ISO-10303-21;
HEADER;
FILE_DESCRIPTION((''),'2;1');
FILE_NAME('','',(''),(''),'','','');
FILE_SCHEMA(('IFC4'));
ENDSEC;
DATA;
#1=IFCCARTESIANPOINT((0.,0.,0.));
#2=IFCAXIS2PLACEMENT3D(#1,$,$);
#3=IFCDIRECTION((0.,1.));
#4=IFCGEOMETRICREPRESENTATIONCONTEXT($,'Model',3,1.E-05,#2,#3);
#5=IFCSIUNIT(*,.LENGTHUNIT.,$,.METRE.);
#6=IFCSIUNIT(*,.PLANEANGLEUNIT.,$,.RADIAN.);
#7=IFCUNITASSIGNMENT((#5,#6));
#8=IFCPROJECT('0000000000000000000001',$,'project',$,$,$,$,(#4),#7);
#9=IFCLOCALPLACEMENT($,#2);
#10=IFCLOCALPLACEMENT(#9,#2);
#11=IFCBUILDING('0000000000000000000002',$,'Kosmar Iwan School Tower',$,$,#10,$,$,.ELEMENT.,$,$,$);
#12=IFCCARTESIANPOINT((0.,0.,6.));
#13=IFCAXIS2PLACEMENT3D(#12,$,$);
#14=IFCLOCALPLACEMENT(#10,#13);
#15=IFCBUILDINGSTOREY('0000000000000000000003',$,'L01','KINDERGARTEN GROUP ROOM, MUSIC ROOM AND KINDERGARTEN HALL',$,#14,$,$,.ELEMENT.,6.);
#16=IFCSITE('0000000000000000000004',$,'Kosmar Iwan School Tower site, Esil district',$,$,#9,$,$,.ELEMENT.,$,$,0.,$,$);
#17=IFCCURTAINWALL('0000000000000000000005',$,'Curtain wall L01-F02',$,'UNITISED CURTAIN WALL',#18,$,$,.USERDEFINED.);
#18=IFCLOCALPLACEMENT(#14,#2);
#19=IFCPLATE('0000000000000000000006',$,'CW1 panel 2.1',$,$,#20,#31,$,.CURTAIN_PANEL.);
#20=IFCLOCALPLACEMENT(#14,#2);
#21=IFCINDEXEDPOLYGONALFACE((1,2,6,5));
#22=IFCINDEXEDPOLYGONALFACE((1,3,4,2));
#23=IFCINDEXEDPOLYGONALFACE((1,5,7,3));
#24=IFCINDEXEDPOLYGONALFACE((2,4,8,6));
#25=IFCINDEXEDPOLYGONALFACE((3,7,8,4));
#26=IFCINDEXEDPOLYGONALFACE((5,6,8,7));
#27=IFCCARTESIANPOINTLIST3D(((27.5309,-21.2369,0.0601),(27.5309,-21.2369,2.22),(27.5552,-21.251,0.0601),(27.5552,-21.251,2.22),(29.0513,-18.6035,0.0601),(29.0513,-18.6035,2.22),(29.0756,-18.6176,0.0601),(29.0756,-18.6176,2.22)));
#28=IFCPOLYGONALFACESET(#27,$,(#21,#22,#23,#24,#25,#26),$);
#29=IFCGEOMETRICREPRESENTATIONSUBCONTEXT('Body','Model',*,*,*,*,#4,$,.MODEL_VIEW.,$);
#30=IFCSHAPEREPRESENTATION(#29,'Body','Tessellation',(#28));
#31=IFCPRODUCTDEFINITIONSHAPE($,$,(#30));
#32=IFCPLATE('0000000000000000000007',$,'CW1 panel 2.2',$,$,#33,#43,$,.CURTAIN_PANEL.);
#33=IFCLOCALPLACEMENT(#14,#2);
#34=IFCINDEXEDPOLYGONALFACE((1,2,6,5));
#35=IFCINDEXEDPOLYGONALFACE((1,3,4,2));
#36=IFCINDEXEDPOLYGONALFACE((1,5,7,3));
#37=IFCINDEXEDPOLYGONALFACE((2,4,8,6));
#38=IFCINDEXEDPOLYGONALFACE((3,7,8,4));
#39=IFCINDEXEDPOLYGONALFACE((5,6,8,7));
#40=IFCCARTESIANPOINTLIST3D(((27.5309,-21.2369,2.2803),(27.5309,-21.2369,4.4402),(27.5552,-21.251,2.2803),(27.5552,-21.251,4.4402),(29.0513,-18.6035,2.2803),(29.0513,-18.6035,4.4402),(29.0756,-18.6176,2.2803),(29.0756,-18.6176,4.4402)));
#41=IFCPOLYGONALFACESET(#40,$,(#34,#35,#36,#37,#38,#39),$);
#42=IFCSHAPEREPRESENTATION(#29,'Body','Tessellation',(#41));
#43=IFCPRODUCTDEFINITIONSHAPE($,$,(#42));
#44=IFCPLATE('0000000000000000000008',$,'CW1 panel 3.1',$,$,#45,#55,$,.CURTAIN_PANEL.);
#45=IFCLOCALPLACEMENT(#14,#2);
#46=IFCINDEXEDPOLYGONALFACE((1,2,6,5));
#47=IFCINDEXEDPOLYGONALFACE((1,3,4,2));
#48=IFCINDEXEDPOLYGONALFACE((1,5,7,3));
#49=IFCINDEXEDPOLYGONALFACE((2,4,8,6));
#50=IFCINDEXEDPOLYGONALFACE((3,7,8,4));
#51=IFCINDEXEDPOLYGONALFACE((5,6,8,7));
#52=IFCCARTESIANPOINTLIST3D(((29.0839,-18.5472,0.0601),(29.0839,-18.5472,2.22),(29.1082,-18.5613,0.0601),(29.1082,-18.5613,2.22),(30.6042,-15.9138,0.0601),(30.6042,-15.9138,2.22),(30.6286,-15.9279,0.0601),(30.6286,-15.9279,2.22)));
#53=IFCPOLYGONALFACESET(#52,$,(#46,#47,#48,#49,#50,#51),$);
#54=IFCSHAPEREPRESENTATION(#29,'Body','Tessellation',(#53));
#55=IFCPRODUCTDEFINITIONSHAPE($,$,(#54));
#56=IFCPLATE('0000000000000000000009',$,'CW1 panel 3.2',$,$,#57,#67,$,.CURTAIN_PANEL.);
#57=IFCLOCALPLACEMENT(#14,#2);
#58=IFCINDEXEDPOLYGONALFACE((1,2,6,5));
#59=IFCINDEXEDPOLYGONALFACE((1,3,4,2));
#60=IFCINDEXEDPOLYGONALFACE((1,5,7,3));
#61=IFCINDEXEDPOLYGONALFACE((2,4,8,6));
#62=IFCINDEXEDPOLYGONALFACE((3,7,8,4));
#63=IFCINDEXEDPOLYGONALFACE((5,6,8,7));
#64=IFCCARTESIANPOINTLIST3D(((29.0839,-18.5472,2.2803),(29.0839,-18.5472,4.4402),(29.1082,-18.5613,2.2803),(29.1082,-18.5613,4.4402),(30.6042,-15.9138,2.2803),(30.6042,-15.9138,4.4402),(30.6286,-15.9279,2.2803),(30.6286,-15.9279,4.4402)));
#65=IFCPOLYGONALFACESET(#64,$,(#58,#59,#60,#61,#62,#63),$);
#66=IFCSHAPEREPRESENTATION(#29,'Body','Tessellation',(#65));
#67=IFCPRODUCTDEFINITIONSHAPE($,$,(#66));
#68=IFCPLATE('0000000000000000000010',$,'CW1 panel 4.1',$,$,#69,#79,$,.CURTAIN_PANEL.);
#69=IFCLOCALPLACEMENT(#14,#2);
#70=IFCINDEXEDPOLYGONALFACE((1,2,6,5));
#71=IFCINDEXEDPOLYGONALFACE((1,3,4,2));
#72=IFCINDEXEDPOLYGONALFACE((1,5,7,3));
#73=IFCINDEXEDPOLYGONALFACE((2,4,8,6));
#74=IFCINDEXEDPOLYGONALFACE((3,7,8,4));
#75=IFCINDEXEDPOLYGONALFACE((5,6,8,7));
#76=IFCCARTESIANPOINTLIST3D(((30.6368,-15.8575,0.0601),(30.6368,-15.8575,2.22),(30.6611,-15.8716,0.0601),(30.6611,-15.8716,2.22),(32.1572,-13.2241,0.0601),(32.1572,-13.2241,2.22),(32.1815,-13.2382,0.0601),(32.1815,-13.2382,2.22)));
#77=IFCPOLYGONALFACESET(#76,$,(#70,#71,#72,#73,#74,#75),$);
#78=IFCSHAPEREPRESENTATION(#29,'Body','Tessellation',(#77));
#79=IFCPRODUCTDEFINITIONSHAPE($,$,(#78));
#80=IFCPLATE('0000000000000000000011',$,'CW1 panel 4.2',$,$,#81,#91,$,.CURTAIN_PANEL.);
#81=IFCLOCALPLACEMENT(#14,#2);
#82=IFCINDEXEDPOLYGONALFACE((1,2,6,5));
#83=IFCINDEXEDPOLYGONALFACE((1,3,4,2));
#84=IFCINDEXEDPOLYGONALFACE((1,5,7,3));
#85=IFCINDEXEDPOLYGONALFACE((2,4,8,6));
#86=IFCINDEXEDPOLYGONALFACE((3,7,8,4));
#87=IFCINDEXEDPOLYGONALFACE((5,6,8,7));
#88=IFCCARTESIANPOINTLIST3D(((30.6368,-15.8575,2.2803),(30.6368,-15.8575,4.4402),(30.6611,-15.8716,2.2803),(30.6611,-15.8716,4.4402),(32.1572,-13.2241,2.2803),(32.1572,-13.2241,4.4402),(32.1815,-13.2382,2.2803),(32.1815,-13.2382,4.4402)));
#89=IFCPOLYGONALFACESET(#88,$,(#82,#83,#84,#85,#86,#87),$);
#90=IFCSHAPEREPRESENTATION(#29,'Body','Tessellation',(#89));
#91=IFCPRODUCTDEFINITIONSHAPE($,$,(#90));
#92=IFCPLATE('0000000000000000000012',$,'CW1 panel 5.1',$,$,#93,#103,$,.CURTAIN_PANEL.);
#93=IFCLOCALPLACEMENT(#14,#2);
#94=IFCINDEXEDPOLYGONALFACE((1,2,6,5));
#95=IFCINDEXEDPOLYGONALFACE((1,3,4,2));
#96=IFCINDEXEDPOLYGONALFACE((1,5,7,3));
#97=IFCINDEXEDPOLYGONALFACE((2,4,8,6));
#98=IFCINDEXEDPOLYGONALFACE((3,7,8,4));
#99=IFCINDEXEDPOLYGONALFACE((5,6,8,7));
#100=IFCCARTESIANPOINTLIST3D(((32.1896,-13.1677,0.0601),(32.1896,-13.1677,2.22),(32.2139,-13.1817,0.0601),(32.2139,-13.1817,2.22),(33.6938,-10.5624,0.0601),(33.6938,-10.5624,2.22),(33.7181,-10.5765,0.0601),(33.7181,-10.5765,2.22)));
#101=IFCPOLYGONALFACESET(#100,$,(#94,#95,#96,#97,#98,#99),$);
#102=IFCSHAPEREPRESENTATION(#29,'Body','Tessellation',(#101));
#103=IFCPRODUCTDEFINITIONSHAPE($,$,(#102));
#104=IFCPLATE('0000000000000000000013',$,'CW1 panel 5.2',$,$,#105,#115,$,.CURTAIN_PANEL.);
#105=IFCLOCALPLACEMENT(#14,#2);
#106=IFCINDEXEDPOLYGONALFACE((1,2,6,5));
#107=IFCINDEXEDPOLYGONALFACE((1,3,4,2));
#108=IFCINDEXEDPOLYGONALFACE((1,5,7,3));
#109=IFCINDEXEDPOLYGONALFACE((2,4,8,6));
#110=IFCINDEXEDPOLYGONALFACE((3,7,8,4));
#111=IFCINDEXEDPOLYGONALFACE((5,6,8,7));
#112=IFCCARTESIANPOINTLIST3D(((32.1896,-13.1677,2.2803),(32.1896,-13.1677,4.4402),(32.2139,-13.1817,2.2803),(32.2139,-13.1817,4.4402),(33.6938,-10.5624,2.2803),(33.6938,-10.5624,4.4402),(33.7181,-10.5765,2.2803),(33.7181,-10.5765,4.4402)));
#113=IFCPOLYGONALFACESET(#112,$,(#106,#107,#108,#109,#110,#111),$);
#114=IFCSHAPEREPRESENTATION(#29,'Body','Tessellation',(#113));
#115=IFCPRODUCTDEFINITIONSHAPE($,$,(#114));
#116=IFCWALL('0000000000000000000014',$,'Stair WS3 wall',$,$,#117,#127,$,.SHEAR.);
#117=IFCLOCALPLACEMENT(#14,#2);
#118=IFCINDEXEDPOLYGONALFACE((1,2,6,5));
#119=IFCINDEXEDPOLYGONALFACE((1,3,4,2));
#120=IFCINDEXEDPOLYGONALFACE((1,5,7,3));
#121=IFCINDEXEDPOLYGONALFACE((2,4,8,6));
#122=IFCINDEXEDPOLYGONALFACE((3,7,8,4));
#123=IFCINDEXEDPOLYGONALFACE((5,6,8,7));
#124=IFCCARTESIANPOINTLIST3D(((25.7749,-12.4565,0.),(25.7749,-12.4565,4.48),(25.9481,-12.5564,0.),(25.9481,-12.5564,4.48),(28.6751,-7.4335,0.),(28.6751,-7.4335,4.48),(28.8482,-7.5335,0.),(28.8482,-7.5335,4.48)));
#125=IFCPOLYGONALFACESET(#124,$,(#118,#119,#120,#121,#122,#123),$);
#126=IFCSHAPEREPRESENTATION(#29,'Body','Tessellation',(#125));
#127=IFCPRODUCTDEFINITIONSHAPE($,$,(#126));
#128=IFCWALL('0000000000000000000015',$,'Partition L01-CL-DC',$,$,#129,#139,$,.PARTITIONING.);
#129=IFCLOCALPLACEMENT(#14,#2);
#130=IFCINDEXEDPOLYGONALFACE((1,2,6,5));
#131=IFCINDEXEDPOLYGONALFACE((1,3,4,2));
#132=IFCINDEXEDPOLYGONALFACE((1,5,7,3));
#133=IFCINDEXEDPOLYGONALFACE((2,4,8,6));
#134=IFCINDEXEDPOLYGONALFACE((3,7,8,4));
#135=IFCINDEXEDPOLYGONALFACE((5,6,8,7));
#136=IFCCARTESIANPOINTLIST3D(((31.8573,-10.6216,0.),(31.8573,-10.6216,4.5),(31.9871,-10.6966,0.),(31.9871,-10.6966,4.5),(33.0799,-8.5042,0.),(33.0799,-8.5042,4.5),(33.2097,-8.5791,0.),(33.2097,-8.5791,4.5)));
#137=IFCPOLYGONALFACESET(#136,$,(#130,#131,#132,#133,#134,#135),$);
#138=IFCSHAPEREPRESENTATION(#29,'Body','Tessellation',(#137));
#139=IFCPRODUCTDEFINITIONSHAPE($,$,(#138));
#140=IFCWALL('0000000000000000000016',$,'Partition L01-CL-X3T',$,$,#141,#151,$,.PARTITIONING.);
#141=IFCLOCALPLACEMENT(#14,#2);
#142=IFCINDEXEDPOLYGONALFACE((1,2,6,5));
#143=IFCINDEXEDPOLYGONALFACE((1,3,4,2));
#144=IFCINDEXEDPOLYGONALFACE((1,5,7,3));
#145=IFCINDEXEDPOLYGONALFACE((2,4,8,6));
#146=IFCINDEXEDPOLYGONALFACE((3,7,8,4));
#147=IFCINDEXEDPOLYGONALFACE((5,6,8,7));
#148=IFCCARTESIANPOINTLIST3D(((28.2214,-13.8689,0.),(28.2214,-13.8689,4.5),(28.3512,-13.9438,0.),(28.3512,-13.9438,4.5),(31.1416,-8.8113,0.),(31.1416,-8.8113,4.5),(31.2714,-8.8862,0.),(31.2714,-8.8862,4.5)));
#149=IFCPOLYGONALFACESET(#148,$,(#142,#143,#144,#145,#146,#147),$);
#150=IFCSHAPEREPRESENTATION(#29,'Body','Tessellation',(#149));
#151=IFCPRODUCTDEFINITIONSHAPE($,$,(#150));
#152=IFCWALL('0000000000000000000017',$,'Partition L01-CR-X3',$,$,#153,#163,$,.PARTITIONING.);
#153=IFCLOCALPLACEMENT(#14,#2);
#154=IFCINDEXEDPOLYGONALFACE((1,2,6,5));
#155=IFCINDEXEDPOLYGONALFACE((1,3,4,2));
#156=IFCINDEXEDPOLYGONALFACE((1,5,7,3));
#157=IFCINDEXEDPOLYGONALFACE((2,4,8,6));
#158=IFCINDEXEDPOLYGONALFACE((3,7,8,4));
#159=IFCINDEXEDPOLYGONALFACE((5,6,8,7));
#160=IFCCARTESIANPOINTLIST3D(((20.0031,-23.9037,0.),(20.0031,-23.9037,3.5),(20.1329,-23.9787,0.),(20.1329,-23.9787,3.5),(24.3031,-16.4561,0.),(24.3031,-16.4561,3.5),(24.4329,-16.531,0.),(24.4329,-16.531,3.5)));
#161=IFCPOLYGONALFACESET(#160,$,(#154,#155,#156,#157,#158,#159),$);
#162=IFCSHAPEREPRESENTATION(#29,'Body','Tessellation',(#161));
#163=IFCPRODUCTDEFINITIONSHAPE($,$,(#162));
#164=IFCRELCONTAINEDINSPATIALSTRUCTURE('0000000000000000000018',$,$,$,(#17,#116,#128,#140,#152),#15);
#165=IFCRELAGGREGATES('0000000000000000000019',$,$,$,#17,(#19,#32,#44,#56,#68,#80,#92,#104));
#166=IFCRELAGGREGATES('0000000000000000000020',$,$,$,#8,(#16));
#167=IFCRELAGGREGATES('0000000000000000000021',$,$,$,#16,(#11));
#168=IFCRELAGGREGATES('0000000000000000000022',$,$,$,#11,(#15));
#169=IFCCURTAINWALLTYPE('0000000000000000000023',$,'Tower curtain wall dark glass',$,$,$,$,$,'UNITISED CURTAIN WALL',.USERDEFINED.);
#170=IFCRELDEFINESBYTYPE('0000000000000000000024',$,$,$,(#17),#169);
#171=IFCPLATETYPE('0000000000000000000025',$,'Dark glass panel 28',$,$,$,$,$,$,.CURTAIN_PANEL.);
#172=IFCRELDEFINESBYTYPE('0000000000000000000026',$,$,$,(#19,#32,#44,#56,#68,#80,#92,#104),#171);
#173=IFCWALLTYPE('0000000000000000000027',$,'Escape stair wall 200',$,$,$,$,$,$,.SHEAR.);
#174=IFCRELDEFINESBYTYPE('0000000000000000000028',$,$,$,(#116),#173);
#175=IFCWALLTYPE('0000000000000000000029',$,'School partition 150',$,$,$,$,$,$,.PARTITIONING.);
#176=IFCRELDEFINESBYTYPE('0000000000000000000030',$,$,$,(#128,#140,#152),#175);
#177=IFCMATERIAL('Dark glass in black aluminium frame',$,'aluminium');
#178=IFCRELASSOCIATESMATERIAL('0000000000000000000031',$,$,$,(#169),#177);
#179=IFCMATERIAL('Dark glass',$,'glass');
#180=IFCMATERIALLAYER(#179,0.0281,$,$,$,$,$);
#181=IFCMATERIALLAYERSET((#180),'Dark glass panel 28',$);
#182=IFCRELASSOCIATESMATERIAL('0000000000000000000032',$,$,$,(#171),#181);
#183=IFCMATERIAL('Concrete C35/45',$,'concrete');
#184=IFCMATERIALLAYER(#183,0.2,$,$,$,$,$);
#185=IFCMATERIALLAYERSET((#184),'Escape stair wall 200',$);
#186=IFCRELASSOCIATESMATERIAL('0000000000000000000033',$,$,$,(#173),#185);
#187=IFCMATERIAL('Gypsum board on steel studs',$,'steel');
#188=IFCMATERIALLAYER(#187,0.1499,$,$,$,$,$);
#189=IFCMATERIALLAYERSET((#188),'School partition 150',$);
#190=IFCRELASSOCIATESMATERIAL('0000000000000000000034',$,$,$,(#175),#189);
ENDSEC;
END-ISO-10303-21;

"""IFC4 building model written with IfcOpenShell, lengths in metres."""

from ifc_helpers import new_model, si_unit, direction, frame, frame_2d, origin, origin_2d, place, context, subcontext, project, spatial, rectangle, extrude, material, layer, layer_set, type_object, element, aggregate, save


model = new_model("IFC4")

# Units and contexts
model_context = context("Model", 3, precision=1e-05, world=origin(), true_north=direction((0.0, 1.0)))
body_context = subcontext(model_context, "Body", "Model", "MODEL_VIEW")
ifc_project = project(units=[si_unit("LENGTHUNIT", "METRE"), si_unit("PLANEANGLEUNIT", "RADIAN")], contexts=[model_context])

# Site, building, storey
site_placement = place(None, origin())
site = spatial("IfcSite", under=ifc_project, at=site_placement, Name="Kosmar Iwan School Tower site, Esil district", CompositionType="ELEMENT", RefElevation=0.0)
building_placement = place(site_placement, origin())
building = spatial("IfcBuilding", under=site, at=building_placement, Name="Kosmar Iwan School Tower", CompositionType="ELEMENT")
storey_placement = place(building_placement, frame((0.0, 0.0, 6.0)))
storey = spatial("IfcBuildingStorey", under=building, at=storey_placement, Name="L01", Description="KINDERGARTEN GROUP ROOM, MUSIC ROOM AND KINDERGARTEN HALL", CompositionType="ELEMENT", Elevation=6.0)

# Curtain wall, plates
ifc_material_1 = material(Name="Dark glass in black aluminium frame", Category="aluminium")
curtain_wall_type = type_object("IfcCurtainWallType", Name="Tower curtain wall dark glass", ElementType="UNITISED CURTAIN WALL", PredefinedType="USERDEFINED", material=ifc_material_1)
curtain_wall_placement = place(storey_placement, origin())
curtain_wall = element("IfcCurtainWall", 1, at=curtain_wall_placement, inside=storey, type_object=curtain_wall_type, Name="Curtain wall L01-F02", ObjectType="UNITISED CURTAIN WALL", PredefinedType="USERDEFINED")
ifc_material_2 = material(Name="Dark glass", Category="glass")
ifc_layer_1 = layer(ifc_material_2, 0.0281)
ifc_layer_set_1 = layer_set([ifc_layer_1], Name="Dark glass panel 28")
plate_type = type_object("IfcPlateType", Name="Dark glass panel 28", PredefinedType="CURTAIN_PANEL", material=ifc_layer_set_1)
plate_1_placement = place(storey_placement, frame((28.3032, -19.9272, 0.0601), z_axis=(0.0, 0.0, 1.0), x_axis=(0.5, 0.866025, 0.0)))
plate_1 = element("IfcPlate", 2, at=plate_1_placement, type_object=plate_type, Name="CW1 panel 2.1", PredefinedType="CURTAIN_PANEL", context=body_context, shape_type="SweptSolid", body=[
    extrude(rectangle(XDim=3.0408, YDim=0.0281, at=origin_2d()), origin(), (0.0, 0.0, 1.0), 2.1599),
])
plate_2_placement = place(storey_placement, frame((28.3032, -19.9272, 2.2803), z_axis=(0.0, 0.0, 1.0), x_axis=(0.5, 0.866025, 0.0)))
plate_2 = element("IfcPlate", 3, at=plate_2_placement, type_object=plate_type, Name="CW1 panel 2.2", PredefinedType="CURTAIN_PANEL", context=body_context, shape_type="SweptSolid", body=[
    extrude(rectangle(XDim=3.0408, YDim=0.0281, at=origin_2d()), origin(), (0.0, 0.0, 1.0), 2.1599),
])
plate_3_placement = place(storey_placement, frame((29.8562, -17.2375, 0.0601), z_axis=(0.0, 0.0, 1.0), x_axis=(0.5, 0.866025, 0.0)))
plate_3 = element("IfcPlate", 4, at=plate_3_placement, type_object=plate_type, Name="CW1 panel 3.1", PredefinedType="CURTAIN_PANEL", context=body_context, shape_type="SweptSolid", body=[
    extrude(rectangle(XDim=3.0408, YDim=0.0281, at=origin_2d()), origin(), (0.0, 0.0, 1.0), 2.1599),
])
plate_4_placement = place(storey_placement, frame((29.8562, -17.2375, 2.2803), z_axis=(0.0, 0.0, 1.0), x_axis=(0.5, 0.866025, 0.0)))
plate_4 = element("IfcPlate", 5, at=plate_4_placement, type_object=plate_type, Name="CW1 panel 3.2", PredefinedType="CURTAIN_PANEL", context=body_context, shape_type="SweptSolid", body=[
    extrude(rectangle(XDim=3.0408, YDim=0.0281, at=origin_2d()), origin(), (0.0, 0.0, 1.0), 2.1599),
])
plate_5_placement = place(storey_placement, frame((31.4092, -14.5479, 0.0601), z_axis=(0.0, 0.0, 1.0), x_axis=(0.5, 0.866025, 0.0)))
plate_5 = element("IfcPlate", 6, at=plate_5_placement, type_object=plate_type, Name="CW1 panel 4.1", PredefinedType="CURTAIN_PANEL", context=body_context, shape_type="SweptSolid", body=[
    extrude(rectangle(XDim=3.0408, YDim=0.0281, at=origin_2d()), origin(), (0.0, 0.0, 1.0), 2.1599),
])
plate_6_placement = place(storey_placement, frame((31.4092, -14.5479, 2.2803), z_axis=(0.0, 0.0, 1.0), x_axis=(0.5, 0.866025, 0.0)))
plate_6 = element("IfcPlate", 7, at=plate_6_placement, type_object=plate_type, Name="CW1 panel 4.2", PredefinedType="CURTAIN_PANEL", context=body_context, shape_type="SweptSolid", body=[
    extrude(rectangle(XDim=3.0408, YDim=0.0281, at=origin_2d()), origin(), (0.0, 0.0, 1.0), 2.1599),
])
plate_7_placement = place(storey_placement, frame((32.9539, -11.8721, 0.0601), z_axis=(0.0, 0.0, 1.0), x_axis=(0.5, 0.866025, 0.0)))
plate_7 = element("IfcPlate", 8, at=plate_7_placement, type_object=plate_type, Name="CW1 panel 5.1", PredefinedType="CURTAIN_PANEL", context=body_context, shape_type="SweptSolid", body=[
    extrude(rectangle(XDim=3.0083, YDim=0.0281, at=origin_2d()), origin(), (0.0, 0.0, 1.0), 2.1599),
])
plate_8_placement = place(storey_placement, frame((32.9539, -11.8721, 2.2803), z_axis=(0.0, 0.0, 1.0), x_axis=(0.5, 0.866025, 0.0)))
plate_8 = element("IfcPlate", 9, at=plate_8_placement, type_object=plate_type, Name="CW1 panel 5.2", PredefinedType="CURTAIN_PANEL", context=body_context, shape_type="SweptSolid", body=[
    extrude(rectangle(XDim=3.0083, YDim=0.0281, at=origin_2d()), origin(), (0.0, 0.0, 1.0), 2.1599),
])
aggregate(curtain_wall, [plate_1, plate_2, plate_3, plate_4, plate_5, plate_6, plate_7, plate_8])

# Walls
ifc_material_3 = material(Name="Concrete C35/45", Category="concrete")
ifc_layer_2 = layer(ifc_material_3, 0.2)
ifc_layer_set_2 = layer_set([ifc_layer_2], Name="Escape stair wall 200")
wall_type_1 = type_object("IfcWallType", Name="Escape stair wall 200", PredefinedType="SHEAR", material=ifc_layer_set_2)
wall_1_placement = place(storey_placement, frame((25.8616, -12.5063, 0.0), z_axis=(0.0, 0.0, 1.0), x_axis=(0.500019, 0.866015, 0.0)))
element("IfcWall", 10, at=wall_1_placement, inside=storey, type_object=wall_type_1, Name="Stair WS3 wall", PredefinedType="SHEAR", context=body_context, shape_type="SweptSolid", body=[
    extrude(rectangle(XDim=5.8, YDim=0.2, at=frame_2d((2.8999, 0.0))), origin(), (0.0, 0.0, 1.0), 4.48),
])
ifc_material_4 = material(Name="Gypsum board on steel studs", Category="steel")
ifc_layer_3 = layer(ifc_material_4, 0.1499)
ifc_layer_set_3 = layer_set([ifc_layer_3], Name="School partition 150")
wall_type_2 = type_object("IfcWallType", Name="School partition 150", PredefinedType="PARTITIONING", material=ifc_layer_set_3)
wall_2_placement = place(storey_placement, frame((31.9221, -10.6592, 0.0), z_axis=(0.0, 0.0, 1.0), x_axis=(0.500048, 0.865998, 0.0)))
element("IfcWall", 11, at=wall_2_placement, inside=storey, type_object=wall_type_2, Name="Partition L01-CL-DC", PredefinedType="PARTITIONING", context=body_context, shape_type="SweptSolid", body=[
    extrude(rectangle(XDim=2.4451, YDim=0.1499, at=frame_2d((1.2227, 0.0))), origin(), (0.0, 0.0, 1.0), 4.5),
])
wall_3_placement = place(storey_placement, frame((28.2864, -13.9062, 0.0), z_axis=(0.0, 0.0, 1.0), x_axis=(0.500019, 0.866014, 0.0)))
element("IfcWall", 12, at=wall_3_placement, inside=storey, type_object=wall_type_2, Name="Partition L01-CL-X3T", PredefinedType="PARTITIONING", context=body_context, shape_type="SweptSolid", body=[
    extrude(rectangle(XDim=5.8401, YDim=0.1499, at=frame_2d((2.9199, 0.0))), origin(), (0.0, 0.0, 1.0), 4.5),
])
wall_4_placement = place(storey_placement, frame((24.3679, -16.4937, 0.0), z_axis=(0.0, 0.0, 1.0), x_axis=(-0.500008, -0.866021, 0.0)))
element("IfcWall", 13, at=wall_4_placement, inside=storey, type_object=wall_type_2, Name="Partition L01-CR-X3", PredefinedType="PARTITIONING", context=body_context, shape_type="SweptSolid", body=[
    extrude(rectangle(XDim=8.5999, YDim=0.1499, at=frame_2d((4.2998, 0.0))), origin(), (0.0, 0.0, 1.0), 3.5),
])

save(model, "model.ifc")
